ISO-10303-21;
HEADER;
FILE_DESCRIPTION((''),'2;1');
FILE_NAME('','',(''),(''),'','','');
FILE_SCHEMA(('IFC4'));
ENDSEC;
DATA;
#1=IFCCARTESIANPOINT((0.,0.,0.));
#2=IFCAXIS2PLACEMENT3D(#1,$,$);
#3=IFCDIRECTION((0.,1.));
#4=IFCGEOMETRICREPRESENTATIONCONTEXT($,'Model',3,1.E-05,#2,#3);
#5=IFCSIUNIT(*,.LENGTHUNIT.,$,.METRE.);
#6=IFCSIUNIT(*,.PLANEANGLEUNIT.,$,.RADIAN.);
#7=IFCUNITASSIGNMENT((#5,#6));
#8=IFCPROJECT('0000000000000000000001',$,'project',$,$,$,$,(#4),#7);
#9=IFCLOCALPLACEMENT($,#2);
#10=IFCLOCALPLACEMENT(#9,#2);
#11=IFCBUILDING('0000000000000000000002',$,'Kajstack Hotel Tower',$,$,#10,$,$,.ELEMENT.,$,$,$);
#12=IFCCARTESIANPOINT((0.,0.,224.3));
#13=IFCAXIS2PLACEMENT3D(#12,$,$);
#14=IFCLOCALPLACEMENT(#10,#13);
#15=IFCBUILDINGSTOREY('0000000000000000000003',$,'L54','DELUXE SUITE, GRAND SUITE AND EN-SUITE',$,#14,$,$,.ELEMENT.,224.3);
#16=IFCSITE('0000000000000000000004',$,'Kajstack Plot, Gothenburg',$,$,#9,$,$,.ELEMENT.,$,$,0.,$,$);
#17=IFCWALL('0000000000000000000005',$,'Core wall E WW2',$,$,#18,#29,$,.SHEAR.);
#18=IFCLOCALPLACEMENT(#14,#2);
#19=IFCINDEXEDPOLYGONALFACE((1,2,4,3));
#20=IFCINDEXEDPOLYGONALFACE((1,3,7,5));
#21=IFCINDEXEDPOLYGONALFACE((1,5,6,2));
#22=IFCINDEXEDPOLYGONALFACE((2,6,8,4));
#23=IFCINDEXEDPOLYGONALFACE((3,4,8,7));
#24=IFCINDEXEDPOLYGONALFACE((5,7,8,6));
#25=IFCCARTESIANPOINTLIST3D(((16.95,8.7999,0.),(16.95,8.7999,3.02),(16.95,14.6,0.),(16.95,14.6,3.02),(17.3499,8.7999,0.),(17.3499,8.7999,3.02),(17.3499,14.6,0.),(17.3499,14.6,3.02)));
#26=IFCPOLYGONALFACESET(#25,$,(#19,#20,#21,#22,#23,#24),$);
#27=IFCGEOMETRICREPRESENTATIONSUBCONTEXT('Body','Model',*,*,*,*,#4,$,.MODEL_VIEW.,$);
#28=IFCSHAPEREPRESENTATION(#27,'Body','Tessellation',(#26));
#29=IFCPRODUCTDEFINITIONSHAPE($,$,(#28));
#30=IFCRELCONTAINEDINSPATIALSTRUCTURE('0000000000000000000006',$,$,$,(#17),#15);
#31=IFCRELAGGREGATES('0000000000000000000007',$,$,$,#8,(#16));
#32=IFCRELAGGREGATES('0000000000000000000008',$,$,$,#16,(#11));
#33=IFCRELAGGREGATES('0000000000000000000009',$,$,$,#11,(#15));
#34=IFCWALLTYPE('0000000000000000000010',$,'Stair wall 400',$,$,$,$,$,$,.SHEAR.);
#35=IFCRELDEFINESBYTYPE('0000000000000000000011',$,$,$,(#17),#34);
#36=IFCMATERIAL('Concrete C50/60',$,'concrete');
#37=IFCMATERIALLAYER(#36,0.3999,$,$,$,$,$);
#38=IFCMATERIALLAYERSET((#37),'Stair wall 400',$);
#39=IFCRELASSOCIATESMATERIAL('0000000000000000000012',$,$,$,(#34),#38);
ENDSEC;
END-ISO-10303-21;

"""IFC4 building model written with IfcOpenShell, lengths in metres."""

from ifc_helpers import new_model, si_unit, direction, frame, frame_2d, origin, place, context, subcontext, project, spatial, rectangle, extrude, material, layer, layer_set, type_object, element, save


model = new_model("IFC4")

# Units and contexts
model_context = context("Model", 3, precision=1e-05, world=origin(), true_north=direction((0.0, 1.0)))
body_context = subcontext(model_context, "Body", "Model", "MODEL_VIEW")
ifc_project = project(units=[si_unit("LENGTHUNIT", "METRE"), si_unit("PLANEANGLEUNIT", "RADIAN")], contexts=[model_context])

# Site, building, storey
site_placement = place(None, origin())
site = spatial("IfcSite", under=ifc_project, at=site_placement, Name="Kajstack Plot, Gothenburg", CompositionType="ELEMENT", RefElevation=0.0)
building_placement = place(site_placement, origin())
building = spatial("IfcBuilding", under=site, at=building_placement, Name="Kajstack Hotel Tower", CompositionType="ELEMENT")
storey_placement = place(building_placement, frame((0.0, 0.0, 224.3)))
storey = spatial("IfcBuildingStorey", under=building, at=storey_placement, Name="L54", Description="DELUXE SUITE, GRAND SUITE AND EN-SUITE", CompositionType="ELEMENT", Elevation=224.3)

# Shared definitions
ifc_material_1 = material(Name="Concrete C50/60", Category="concrete")

# Wall
ifc_layer_1 = layer(ifc_material_1, 0.3999)
ifc_layer_set_1 = layer_set([ifc_layer_1], Name="Stair wall 400")
wall_type_1 = type_object("IfcWallType", Name="Stair wall 400", PredefinedType="SHEAR", material=ifc_layer_set_1)
wall_1_placement = place(storey_placement, frame((17.1499, 8.8, 0.0), z_axis=(0.0, 0.0, 1.0), x_axis=(0.0, 1.0, 0.0)))
element("IfcWall", 1, at=wall_1_placement, inside=storey, type_object=wall_type_1, Name="Core wall E WW2", PredefinedType="SHEAR", context=body_context, shape_type="SweptSolid", body=[
    extrude(rectangle(XDim=5.8, YDim=0.3999, at=frame_2d((2.8999, 0.0))), origin(), (0.0, 0.0, 1.0), 3.02),
])

save(model, "model.ifc")
